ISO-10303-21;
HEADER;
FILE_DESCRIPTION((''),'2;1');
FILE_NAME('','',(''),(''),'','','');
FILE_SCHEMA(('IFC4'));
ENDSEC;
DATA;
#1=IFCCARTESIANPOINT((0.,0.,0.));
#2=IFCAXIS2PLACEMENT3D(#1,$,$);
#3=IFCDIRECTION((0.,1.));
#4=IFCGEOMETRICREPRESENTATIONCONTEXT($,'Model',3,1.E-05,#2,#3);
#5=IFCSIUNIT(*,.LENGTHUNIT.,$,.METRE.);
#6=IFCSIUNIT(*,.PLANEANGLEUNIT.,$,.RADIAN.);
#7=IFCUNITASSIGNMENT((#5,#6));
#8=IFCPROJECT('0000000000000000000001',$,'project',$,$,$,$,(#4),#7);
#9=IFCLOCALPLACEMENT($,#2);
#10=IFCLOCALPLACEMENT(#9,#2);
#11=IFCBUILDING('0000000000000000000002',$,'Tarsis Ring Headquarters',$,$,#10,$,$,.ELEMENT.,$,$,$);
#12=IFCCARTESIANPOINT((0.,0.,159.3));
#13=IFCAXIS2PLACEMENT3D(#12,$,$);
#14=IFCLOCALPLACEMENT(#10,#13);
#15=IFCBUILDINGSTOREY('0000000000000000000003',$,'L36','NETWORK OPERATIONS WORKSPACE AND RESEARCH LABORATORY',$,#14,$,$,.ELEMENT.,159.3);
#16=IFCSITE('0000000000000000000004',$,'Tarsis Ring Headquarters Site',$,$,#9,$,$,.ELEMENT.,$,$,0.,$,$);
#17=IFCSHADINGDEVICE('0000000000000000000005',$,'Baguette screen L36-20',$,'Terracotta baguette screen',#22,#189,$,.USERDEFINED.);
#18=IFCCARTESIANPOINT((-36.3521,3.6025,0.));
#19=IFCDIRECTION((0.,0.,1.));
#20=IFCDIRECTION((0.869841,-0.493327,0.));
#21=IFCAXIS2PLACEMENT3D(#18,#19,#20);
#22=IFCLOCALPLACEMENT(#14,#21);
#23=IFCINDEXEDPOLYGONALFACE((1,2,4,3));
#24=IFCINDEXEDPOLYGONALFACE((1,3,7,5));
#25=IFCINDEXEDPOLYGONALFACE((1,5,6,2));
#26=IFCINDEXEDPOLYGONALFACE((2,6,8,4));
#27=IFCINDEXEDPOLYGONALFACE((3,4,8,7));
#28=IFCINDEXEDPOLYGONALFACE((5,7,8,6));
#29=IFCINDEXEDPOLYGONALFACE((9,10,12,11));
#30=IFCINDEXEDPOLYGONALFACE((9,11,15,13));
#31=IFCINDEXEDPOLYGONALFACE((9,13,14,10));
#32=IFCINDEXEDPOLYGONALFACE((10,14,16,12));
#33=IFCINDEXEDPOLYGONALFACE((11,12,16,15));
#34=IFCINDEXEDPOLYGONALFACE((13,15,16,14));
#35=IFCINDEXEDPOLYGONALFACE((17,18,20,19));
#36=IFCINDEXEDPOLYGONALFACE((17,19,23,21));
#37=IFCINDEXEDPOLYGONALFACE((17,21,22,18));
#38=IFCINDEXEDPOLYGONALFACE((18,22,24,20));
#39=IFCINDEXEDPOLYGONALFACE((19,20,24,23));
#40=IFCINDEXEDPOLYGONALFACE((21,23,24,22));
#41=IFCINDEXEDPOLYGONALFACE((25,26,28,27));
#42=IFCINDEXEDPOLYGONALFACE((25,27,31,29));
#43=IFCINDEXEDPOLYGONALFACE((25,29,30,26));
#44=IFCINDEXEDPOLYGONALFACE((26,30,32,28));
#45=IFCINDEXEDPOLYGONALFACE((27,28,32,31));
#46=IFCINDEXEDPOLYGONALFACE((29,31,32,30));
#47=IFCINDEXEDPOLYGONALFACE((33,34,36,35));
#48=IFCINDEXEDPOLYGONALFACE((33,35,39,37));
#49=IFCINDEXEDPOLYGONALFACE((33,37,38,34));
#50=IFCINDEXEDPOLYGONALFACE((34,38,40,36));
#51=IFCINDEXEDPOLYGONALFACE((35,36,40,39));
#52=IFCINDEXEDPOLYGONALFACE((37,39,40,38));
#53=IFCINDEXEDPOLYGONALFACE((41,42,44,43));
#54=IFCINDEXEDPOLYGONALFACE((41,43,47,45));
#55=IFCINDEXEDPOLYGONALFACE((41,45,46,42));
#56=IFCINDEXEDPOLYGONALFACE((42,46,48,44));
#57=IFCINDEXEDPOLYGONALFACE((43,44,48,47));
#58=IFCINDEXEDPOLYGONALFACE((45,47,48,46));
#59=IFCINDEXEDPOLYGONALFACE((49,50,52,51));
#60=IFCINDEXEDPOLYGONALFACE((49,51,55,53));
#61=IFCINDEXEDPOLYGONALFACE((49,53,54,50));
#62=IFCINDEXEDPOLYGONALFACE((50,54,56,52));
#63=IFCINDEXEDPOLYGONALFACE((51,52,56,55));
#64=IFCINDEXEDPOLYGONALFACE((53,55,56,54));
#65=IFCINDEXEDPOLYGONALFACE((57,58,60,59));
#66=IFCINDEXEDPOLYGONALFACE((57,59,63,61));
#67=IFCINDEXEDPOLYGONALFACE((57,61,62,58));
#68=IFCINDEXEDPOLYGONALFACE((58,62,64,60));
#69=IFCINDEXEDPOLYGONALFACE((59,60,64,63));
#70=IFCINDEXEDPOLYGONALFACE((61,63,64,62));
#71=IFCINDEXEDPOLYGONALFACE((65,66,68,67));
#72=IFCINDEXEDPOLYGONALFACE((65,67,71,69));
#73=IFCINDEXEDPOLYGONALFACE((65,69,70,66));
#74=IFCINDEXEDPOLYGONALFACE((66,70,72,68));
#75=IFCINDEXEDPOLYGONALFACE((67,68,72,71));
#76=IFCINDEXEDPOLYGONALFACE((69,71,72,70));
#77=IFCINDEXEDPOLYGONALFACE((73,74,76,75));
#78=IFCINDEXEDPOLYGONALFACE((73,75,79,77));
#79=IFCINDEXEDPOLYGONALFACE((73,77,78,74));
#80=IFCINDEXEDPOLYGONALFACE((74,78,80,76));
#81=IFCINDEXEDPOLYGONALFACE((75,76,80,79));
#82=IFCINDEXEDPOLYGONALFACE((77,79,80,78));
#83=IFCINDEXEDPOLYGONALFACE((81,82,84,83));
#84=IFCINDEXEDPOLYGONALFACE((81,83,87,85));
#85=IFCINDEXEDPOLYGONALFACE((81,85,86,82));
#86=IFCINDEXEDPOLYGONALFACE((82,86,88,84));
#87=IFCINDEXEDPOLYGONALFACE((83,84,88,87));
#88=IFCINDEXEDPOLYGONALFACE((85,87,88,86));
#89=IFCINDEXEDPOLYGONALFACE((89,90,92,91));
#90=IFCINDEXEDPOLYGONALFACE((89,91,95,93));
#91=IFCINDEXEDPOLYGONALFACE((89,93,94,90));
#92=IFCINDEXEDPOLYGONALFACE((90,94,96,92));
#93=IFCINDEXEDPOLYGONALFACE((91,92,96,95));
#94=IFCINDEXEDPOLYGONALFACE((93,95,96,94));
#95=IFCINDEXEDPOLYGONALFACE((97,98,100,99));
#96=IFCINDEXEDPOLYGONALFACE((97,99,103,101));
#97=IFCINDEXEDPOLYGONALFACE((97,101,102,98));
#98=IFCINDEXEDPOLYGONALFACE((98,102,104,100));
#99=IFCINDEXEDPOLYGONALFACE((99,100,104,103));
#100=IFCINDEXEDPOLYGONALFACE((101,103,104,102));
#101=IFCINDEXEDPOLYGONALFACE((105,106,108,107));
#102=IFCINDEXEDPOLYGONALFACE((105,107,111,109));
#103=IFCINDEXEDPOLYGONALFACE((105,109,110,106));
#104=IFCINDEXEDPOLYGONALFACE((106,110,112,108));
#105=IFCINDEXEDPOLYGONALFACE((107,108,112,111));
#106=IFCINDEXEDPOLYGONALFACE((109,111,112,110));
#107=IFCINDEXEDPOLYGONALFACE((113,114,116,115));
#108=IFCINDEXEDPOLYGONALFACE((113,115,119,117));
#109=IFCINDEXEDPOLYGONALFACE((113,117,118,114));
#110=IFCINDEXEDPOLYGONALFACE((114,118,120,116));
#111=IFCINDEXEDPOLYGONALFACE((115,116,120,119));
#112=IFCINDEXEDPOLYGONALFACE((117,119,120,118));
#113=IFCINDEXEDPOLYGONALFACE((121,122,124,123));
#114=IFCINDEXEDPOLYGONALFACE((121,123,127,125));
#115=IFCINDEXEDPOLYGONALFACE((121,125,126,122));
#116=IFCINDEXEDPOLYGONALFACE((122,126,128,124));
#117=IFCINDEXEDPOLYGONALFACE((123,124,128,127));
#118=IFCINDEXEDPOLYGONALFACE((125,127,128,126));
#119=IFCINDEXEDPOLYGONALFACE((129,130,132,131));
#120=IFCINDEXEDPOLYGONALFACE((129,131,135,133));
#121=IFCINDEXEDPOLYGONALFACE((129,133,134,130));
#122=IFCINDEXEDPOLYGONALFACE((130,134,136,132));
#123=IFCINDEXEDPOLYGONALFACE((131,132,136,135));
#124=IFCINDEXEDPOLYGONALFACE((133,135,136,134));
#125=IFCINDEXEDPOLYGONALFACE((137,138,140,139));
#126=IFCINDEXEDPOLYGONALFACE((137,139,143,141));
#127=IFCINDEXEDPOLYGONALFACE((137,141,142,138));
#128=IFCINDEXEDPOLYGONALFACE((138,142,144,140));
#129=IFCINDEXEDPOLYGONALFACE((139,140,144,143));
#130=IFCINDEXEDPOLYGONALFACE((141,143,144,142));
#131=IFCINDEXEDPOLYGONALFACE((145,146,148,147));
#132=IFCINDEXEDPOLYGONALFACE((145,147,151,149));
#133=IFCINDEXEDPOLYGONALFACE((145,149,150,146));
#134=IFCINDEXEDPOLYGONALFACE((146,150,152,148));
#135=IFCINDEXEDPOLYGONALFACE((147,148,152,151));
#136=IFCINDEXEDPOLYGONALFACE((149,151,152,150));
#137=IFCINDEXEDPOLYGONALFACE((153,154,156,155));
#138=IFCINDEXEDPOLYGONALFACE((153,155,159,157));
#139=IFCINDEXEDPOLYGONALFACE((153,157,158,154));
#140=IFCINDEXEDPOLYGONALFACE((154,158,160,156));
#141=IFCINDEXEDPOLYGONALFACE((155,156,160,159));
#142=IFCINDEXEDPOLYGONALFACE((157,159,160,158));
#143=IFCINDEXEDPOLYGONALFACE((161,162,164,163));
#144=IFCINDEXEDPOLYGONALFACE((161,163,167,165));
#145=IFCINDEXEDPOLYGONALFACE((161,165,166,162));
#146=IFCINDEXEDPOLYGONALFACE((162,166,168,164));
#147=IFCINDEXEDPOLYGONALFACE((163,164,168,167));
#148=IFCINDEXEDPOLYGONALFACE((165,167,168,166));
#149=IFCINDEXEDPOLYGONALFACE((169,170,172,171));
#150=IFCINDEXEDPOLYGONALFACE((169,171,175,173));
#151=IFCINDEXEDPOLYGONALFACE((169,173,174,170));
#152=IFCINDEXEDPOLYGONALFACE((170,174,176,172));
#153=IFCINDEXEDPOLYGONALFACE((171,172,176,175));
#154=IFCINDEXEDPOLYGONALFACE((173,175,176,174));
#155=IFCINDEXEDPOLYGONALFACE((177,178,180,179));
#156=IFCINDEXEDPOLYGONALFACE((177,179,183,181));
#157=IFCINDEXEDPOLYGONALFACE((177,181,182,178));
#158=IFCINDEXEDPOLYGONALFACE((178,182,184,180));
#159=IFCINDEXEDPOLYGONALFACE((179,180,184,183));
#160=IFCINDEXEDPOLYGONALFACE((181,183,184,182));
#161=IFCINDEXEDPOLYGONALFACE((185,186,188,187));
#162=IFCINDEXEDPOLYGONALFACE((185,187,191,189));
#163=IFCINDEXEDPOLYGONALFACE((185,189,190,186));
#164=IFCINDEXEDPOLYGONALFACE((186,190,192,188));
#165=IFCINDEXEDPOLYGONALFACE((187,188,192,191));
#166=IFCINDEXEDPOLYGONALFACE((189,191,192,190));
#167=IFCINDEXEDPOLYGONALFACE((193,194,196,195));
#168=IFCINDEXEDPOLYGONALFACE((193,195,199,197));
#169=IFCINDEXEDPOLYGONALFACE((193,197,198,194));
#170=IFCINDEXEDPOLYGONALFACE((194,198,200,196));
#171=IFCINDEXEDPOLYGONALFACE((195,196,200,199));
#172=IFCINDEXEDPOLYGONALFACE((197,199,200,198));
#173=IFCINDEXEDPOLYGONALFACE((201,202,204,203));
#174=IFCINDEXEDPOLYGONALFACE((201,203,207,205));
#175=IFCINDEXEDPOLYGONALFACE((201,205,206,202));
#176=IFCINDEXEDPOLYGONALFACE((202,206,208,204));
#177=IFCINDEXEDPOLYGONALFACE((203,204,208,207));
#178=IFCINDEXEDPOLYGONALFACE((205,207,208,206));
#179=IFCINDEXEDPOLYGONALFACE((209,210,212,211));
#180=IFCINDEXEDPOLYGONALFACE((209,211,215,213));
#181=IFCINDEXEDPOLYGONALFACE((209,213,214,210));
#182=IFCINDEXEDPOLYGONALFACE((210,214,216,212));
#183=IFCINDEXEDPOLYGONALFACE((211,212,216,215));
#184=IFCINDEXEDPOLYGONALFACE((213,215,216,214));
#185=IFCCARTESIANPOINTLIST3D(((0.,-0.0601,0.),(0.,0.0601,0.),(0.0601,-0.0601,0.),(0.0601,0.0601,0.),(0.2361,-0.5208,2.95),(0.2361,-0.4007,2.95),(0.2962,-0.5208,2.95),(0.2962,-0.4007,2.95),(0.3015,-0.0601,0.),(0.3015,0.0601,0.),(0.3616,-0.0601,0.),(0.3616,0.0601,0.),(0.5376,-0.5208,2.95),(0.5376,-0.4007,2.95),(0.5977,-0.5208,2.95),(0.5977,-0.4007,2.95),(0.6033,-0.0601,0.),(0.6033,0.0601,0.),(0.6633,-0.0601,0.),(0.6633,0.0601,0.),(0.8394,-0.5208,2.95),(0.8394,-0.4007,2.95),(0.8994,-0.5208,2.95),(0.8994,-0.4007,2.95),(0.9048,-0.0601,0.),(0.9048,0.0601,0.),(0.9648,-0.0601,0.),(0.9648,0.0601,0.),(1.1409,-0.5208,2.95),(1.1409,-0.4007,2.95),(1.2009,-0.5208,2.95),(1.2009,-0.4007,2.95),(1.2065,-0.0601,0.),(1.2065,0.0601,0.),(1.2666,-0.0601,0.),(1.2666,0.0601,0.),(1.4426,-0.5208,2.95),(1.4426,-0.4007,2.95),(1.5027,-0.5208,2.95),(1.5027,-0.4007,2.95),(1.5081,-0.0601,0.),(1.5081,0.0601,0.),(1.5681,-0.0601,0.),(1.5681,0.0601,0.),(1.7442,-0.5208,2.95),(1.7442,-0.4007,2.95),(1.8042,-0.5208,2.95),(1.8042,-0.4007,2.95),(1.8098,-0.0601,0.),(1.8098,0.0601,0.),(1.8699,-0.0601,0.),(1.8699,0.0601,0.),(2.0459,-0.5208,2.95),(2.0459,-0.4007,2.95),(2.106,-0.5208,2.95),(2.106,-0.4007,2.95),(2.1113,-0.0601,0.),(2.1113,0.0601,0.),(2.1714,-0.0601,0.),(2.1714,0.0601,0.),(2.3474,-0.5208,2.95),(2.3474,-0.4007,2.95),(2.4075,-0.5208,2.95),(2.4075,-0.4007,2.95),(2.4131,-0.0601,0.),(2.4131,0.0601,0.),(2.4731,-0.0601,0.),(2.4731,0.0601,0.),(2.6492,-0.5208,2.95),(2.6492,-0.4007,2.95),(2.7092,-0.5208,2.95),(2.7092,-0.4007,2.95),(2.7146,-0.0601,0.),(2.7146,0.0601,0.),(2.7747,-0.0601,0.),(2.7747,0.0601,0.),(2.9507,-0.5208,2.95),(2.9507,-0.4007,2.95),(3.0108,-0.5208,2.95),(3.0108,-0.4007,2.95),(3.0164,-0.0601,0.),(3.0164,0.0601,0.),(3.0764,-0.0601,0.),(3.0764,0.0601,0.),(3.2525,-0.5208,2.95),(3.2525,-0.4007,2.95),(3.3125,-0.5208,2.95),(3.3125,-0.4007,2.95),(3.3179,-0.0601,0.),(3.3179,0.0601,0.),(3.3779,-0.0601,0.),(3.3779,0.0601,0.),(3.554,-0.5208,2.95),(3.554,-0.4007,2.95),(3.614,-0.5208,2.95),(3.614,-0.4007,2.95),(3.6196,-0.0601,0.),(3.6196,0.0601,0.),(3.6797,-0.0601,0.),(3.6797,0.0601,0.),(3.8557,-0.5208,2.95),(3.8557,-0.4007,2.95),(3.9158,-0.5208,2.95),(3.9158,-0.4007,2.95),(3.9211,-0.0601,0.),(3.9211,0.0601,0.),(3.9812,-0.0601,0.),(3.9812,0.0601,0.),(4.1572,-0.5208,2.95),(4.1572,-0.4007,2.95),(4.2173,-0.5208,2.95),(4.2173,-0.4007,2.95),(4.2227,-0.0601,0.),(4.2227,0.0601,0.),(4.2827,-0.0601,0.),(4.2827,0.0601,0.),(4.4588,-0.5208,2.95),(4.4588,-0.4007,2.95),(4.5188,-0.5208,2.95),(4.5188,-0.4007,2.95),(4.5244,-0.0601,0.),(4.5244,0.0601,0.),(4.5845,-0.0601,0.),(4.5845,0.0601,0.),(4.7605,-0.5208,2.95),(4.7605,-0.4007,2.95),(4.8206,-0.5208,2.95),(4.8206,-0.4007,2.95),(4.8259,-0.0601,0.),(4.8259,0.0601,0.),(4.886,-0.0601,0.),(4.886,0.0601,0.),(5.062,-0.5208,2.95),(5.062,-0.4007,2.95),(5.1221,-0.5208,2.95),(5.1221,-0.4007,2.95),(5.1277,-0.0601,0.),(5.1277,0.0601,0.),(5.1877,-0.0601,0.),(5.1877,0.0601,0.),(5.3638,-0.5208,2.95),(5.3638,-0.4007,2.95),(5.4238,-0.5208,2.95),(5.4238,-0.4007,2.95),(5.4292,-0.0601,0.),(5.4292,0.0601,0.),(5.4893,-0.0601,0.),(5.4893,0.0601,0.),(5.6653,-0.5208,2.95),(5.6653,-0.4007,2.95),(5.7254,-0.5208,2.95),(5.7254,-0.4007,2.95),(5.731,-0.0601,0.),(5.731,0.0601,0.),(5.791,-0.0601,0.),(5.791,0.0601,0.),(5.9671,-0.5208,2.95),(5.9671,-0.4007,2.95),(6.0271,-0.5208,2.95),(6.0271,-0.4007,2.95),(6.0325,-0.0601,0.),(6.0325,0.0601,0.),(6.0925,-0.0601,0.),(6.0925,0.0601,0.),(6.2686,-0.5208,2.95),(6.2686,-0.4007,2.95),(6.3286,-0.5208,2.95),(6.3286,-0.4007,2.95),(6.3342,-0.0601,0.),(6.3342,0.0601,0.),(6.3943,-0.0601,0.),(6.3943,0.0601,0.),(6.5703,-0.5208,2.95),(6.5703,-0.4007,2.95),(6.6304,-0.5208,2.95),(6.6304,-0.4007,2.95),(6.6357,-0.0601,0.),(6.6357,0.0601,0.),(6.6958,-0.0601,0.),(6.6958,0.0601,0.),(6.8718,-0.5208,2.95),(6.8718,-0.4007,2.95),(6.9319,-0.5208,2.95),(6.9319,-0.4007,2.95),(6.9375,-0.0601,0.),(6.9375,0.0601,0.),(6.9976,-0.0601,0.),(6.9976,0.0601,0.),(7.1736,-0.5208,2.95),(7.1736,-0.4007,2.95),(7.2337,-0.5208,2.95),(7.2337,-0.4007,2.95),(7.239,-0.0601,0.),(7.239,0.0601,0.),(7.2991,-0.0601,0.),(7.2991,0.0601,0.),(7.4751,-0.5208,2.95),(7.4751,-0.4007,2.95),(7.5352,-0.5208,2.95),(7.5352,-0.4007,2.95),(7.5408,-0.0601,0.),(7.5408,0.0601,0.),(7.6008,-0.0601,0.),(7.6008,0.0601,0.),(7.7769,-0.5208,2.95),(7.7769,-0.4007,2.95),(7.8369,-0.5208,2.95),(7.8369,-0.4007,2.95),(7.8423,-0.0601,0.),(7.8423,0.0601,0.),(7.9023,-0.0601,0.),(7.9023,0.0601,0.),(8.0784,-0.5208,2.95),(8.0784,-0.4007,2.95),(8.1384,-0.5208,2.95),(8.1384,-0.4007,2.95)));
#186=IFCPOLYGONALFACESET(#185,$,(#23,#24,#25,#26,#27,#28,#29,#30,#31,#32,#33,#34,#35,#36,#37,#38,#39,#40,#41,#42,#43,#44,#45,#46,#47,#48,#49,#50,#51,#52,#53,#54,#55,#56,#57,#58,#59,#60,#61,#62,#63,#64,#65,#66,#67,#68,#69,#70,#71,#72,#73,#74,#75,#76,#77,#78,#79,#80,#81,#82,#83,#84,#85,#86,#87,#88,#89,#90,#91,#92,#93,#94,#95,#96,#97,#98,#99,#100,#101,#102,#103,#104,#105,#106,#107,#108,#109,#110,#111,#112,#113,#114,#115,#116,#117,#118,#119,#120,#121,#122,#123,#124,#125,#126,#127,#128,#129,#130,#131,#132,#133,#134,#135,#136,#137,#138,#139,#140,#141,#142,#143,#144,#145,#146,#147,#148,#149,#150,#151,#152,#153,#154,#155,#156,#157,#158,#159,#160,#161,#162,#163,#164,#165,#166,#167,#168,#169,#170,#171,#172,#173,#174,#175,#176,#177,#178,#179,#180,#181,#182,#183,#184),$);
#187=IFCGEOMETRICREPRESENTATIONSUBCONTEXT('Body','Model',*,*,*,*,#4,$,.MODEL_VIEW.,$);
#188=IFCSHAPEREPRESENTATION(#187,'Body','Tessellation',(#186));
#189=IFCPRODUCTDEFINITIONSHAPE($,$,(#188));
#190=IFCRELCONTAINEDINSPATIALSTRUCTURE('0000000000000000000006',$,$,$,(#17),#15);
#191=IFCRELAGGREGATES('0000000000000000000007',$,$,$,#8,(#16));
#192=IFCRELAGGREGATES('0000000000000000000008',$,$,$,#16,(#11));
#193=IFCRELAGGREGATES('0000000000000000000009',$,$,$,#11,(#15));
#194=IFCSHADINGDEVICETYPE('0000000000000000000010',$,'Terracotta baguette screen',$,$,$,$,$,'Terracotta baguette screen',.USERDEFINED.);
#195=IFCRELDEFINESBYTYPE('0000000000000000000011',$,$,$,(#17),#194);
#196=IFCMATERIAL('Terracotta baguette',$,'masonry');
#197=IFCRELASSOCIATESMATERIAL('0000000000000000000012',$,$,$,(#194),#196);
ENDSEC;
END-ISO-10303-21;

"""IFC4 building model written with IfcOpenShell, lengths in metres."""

from ifc_helpers import new_model, si_unit, direction, frame, frame_2d, origin, place, context, subcontext, project, spatial, rectangle, composite_profile, extrude, material, type_object, element, save


model = new_model("IFC4")

# Units and contexts
model_context = context("Model", 3, precision=1e-05, world=origin(), true_north=direction((0.0, 1.0)))
body_context = subcontext(model_context, "Body", "Model", "MODEL_VIEW")
ifc_project = project(units=[si_unit("LENGTHUNIT", "METRE"), si_unit("PLANEANGLEUNIT", "RADIAN")], contexts=[model_context])

# Site, building, storey
site_placement = place(None, origin())
site = spatial("IfcSite", under=ifc_project, at=site_placement, Name="Tarsis Ring Headquarters Site", CompositionType="ELEMENT", RefElevation=0.0)
building_placement = place(site_placement, origin())
building = spatial("IfcBuilding", under=site, at=building_placement, Name="Tarsis Ring Headquarters", CompositionType="ELEMENT")
storey_placement = place(building_placement, frame((0.0, 0.0, 159.3)))
storey = spatial("IfcBuildingStorey", under=building, at=storey_placement, Name="L36", Description="NETWORK OPERATIONS WORKSPACE AND RESEARCH LABORATORY", CompositionType="ELEMENT", Elevation=159.3)

# Shading device
ifc_material_1 = material(Name="Terracotta baguette", Category="masonry")
shading_device_type_1 = type_object("IfcShadingDeviceType", Name="Terracotta baguette screen", ElementType="Terracotta baguette screen", PredefinedType="USERDEFINED", material=ifc_material_1)
shading_device_1_placement = place(storey_placement, frame((-36.3521, 3.6025, 0.0), z_axis=(0.0, 0.0, 1.0), x_axis=(0.869841, -0.493327, 0.0)))
element("IfcShadingDevice", 1, at=shading_device_1_placement, inside=storey, type_object=shading_device_type_1, Name="Baguette screen L36-20", ObjectType="Terracotta baguette screen", PredefinedType="USERDEFINED", context=body_context, shape_type="SweptSolid", body=[
    extrude(composite_profile([rectangle(XDim=0.0601, YDim=0.1201, at=frame_2d((0.03, 0.0))), rectangle(XDim=0.0601, YDim=0.1201, at=frame_2d((0.3315, 0.0))), rectangle(XDim=0.0601, YDim=0.1201, at=frame_2d((0.6333, 0.0))), rectangle(XDim=0.0601, YDim=0.1201, at=frame_2d((0.9348, 0.0))), rectangle(XDim=0.0601, YDim=0.1201, at=frame_2d((1.2366, 0.0))), rectangle(XDim=0.0601, YDim=0.1201, at=frame_2d((1.5381, 0.0))), rectangle(XDim=0.0601, YDim=0.1201, at=frame_2d((1.8398, 0.0))), rectangle(XDim=0.0601, YDim=0.1201, at=frame_2d((2.1414, 0.0))), rectangle(XDim=0.0601, YDim=0.1201, at=frame_2d((2.4431, 0.0))), rectangle(XDim=0.0601, YDim=0.1201, at=frame_2d((2.7446, 0.0))), rectangle(XDim=0.0601, YDim=0.1201, at=frame_2d((3.0464, 0.0))), rectangle(XDim=0.0601, YDim=0.1201, at=frame_2d((3.3479, 0.0))), rectangle(XDim=0.0601, YDim=0.1201, at=frame_2d((3.6497, 0.0))), rectangle(XDim=0.0601, YDim=0.1201, at=frame_2d((3.9512, 0.0))), rectangle(XDim=0.0601, YDim=0.1201, at=frame_2d((4.2527, 0.0))), rectangle(XDim=0.0601, YDim=0.1201, at=frame_2d((4.5544, 0.0))), rectangle(XDim=0.0601, YDim=0.1201, at=frame_2d((4.856, 0.0))), rectangle(XDim=0.0601, YDim=0.1201, at=frame_2d((5.1577, 0.0))), rectangle(XDim=0.0601, YDim=0.1201, at=frame_2d((5.4592, 0.0))), rectangle(XDim=0.0601, YDim=0.1201, at=frame_2d((5.761, 0.0))), rectangle(XDim=0.0601, YDim=0.1201, at=frame_2d((6.0625, 0.0))), rectangle(XDim=0.0601, YDim=0.1201, at=frame_2d((6.3643, 0.0))), rectangle(XDim=0.0601, YDim=0.1201, at=frame_2d((6.6658, 0.0))), rectangle(XDim=0.0601, YDim=0.1201, at=frame_2d((6.9675, 0.0))), rectangle(XDim=0.0601, YDim=0.1201, at=frame_2d((7.269, 0.0))), rectangle(XDim=0.0601, YDim=0.1201, at=frame_2d((7.5708, 0.0))), rectangle(XDim=0.0601, YDim=0.1201, at=frame_2d((7.8723, 0.0)))]), origin(), (0.07883, -0.153822, 0.984949), 2.9951),
])

save(model, "model.ifc")
